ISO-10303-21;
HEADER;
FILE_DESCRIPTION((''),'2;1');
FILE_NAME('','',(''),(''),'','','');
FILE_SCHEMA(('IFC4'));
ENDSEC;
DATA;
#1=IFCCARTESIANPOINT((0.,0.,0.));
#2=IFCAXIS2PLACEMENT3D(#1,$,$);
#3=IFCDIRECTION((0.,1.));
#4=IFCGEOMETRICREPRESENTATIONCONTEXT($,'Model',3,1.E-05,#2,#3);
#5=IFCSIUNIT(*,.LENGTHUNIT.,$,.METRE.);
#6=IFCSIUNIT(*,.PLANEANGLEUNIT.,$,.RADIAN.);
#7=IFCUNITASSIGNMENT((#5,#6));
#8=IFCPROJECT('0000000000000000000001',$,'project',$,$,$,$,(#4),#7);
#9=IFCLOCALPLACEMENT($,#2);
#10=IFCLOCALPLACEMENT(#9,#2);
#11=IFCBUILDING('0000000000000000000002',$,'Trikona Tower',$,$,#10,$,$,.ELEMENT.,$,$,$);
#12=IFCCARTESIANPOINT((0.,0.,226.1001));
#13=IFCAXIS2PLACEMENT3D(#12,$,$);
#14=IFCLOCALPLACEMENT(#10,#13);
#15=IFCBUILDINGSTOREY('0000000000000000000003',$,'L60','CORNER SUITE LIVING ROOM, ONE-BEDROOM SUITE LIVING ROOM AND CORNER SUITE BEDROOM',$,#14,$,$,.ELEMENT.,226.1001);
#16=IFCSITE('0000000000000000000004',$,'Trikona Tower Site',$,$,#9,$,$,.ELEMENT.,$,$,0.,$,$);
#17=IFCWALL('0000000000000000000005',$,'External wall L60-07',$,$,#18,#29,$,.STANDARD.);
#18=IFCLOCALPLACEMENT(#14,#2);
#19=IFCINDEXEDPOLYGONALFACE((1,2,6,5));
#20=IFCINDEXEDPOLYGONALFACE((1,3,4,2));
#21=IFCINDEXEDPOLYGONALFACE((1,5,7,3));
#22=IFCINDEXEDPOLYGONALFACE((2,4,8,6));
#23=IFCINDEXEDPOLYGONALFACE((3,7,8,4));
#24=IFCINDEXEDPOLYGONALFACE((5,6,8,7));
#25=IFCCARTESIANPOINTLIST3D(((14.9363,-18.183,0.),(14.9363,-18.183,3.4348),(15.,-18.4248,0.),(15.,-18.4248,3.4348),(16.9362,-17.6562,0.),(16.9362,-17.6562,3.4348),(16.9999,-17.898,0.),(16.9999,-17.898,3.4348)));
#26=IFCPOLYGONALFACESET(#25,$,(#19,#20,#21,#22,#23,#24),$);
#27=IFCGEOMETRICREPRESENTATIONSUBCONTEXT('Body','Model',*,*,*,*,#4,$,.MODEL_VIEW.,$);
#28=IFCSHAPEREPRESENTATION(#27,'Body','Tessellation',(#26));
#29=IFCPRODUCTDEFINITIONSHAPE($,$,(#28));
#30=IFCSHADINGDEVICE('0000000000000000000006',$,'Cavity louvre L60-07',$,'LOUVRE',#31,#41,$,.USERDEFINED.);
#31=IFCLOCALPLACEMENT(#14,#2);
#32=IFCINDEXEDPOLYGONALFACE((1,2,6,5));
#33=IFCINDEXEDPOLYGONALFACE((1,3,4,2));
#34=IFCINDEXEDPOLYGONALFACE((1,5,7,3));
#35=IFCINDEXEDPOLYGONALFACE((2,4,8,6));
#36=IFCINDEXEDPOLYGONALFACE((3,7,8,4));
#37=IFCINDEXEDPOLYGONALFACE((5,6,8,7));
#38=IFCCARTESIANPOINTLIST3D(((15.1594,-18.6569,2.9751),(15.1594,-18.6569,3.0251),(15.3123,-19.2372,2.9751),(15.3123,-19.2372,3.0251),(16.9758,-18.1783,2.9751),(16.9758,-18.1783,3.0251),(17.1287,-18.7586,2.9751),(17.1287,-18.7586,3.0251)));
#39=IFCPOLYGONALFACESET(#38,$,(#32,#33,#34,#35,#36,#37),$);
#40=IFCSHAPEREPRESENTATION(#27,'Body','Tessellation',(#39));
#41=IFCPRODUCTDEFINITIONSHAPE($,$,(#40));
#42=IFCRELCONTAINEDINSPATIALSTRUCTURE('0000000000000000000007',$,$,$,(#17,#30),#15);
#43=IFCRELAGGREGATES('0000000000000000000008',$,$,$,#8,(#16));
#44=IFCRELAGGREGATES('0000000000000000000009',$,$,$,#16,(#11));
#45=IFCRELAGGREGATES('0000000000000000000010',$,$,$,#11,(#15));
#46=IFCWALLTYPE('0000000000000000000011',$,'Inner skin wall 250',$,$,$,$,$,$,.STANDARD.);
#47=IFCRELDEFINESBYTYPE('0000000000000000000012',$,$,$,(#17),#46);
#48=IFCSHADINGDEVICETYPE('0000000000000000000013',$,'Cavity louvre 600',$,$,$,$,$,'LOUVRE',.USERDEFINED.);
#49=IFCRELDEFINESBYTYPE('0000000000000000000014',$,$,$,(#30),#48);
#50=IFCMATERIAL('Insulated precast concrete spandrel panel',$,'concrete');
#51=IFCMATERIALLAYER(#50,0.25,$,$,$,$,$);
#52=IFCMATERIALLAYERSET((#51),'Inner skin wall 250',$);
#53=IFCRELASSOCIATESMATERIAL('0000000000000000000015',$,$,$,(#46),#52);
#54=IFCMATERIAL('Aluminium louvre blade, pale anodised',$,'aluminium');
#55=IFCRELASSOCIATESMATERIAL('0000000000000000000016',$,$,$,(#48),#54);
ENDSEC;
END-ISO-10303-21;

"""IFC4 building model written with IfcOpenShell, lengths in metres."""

from ifc_helpers import new_model, si_unit, direction, frame, frame_2d, origin, origin_2d, place, context, subcontext, project, spatial, rectangle, extrude, material, layer, layer_set, type_object, element, save


model = new_model("IFC4")

# Units and contexts
model_context = context("Model", 3, precision=1e-05, world=origin(), true_north=direction((0.0, 1.0)))
body_context = subcontext(model_context, "Body", "Model", "MODEL_VIEW")
ifc_project = project(units=[si_unit("LENGTHUNIT", "METRE"), si_unit("PLANEANGLEUNIT", "RADIAN")], contexts=[model_context])

# Site, building, storey
site_placement = place(None, origin())
site = spatial("IfcSite", under=ifc_project, at=site_placement, Name="Trikona Tower Site", CompositionType="ELEMENT", RefElevation=0.0)
building_placement = place(site_placement, origin())
building = spatial("IfcBuilding", under=site, at=building_placement, Name="Trikona Tower", CompositionType="ELEMENT")
storey_placement = place(building_placement, frame((0.0, 0.0, 226.1001)))
storey = spatial("IfcBuildingStorey", under=building, at=storey_placement, Name="L60", Description="CORNER SUITE LIVING ROOM, ONE-BEDROOM SUITE LIVING ROOM AND CORNER SUITE BEDROOM", CompositionType="ELEMENT", Elevation=226.1001)

# Wall
ifc_material_1 = material(Name="Insulated precast concrete spandrel panel", Category="concrete")
ifc_layer_1 = layer(ifc_material_1, 0.25)
ifc_layer_set_1 = layer_set([ifc_layer_1], Name="Inner skin wall 250")
wall_type_1 = type_object("IfcWallType", Name="Inner skin wall 250", PredefinedType="STANDARD", material=ifc_layer_set_1)
wall_1_placement = place(storey_placement, frame((14.968, -18.304, 0.0), z_axis=(0.0, 0.0, 1.0), x_axis=(0.96701, 0.254737, 0.0)))
element("IfcWall", 1, at=wall_1_placement, inside=storey, type_object=wall_type_1, Name="External wall L60-07", PredefinedType="STANDARD", context=body_context, shape_type="SweptSolid", body=[
    extrude(rectangle(XDim=2.0681, YDim=0.25, at=frame_2d((1.0342, 0.0))), origin(), (0.0, 0.0, 1.0), 3.4348),
])

# Shading device
ifc_material_2 = material(Name="Aluminium louvre blade, pale anodised", Category="aluminium")
shading_device_type = type_object("IfcShadingDeviceType", Name="Cavity louvre 600", ElementType="LOUVRE", PredefinedType="USERDEFINED", material=ifc_material_2)
shading_device_placement = place(storey_placement, frame((16.144, -18.7078, 2.9751), z_axis=(0.0, 0.0, 1.0), x_axis=(0.966993, 0.254803, 0.0)))
element("IfcShadingDevice", 2, at=shading_device_placement, inside=storey, type_object=shading_device_type, Name="Cavity louvre L60-07", ObjectType="LOUVRE", PredefinedType="USERDEFINED", context=body_context, shape_type="SweptSolid", body=[
    extrude(rectangle(XDim=1.8784, YDim=0.6001, at=origin_2d()), origin(), (0.0, 0.0, 1.0), 0.05),
])

save(model, "model.ifc")
